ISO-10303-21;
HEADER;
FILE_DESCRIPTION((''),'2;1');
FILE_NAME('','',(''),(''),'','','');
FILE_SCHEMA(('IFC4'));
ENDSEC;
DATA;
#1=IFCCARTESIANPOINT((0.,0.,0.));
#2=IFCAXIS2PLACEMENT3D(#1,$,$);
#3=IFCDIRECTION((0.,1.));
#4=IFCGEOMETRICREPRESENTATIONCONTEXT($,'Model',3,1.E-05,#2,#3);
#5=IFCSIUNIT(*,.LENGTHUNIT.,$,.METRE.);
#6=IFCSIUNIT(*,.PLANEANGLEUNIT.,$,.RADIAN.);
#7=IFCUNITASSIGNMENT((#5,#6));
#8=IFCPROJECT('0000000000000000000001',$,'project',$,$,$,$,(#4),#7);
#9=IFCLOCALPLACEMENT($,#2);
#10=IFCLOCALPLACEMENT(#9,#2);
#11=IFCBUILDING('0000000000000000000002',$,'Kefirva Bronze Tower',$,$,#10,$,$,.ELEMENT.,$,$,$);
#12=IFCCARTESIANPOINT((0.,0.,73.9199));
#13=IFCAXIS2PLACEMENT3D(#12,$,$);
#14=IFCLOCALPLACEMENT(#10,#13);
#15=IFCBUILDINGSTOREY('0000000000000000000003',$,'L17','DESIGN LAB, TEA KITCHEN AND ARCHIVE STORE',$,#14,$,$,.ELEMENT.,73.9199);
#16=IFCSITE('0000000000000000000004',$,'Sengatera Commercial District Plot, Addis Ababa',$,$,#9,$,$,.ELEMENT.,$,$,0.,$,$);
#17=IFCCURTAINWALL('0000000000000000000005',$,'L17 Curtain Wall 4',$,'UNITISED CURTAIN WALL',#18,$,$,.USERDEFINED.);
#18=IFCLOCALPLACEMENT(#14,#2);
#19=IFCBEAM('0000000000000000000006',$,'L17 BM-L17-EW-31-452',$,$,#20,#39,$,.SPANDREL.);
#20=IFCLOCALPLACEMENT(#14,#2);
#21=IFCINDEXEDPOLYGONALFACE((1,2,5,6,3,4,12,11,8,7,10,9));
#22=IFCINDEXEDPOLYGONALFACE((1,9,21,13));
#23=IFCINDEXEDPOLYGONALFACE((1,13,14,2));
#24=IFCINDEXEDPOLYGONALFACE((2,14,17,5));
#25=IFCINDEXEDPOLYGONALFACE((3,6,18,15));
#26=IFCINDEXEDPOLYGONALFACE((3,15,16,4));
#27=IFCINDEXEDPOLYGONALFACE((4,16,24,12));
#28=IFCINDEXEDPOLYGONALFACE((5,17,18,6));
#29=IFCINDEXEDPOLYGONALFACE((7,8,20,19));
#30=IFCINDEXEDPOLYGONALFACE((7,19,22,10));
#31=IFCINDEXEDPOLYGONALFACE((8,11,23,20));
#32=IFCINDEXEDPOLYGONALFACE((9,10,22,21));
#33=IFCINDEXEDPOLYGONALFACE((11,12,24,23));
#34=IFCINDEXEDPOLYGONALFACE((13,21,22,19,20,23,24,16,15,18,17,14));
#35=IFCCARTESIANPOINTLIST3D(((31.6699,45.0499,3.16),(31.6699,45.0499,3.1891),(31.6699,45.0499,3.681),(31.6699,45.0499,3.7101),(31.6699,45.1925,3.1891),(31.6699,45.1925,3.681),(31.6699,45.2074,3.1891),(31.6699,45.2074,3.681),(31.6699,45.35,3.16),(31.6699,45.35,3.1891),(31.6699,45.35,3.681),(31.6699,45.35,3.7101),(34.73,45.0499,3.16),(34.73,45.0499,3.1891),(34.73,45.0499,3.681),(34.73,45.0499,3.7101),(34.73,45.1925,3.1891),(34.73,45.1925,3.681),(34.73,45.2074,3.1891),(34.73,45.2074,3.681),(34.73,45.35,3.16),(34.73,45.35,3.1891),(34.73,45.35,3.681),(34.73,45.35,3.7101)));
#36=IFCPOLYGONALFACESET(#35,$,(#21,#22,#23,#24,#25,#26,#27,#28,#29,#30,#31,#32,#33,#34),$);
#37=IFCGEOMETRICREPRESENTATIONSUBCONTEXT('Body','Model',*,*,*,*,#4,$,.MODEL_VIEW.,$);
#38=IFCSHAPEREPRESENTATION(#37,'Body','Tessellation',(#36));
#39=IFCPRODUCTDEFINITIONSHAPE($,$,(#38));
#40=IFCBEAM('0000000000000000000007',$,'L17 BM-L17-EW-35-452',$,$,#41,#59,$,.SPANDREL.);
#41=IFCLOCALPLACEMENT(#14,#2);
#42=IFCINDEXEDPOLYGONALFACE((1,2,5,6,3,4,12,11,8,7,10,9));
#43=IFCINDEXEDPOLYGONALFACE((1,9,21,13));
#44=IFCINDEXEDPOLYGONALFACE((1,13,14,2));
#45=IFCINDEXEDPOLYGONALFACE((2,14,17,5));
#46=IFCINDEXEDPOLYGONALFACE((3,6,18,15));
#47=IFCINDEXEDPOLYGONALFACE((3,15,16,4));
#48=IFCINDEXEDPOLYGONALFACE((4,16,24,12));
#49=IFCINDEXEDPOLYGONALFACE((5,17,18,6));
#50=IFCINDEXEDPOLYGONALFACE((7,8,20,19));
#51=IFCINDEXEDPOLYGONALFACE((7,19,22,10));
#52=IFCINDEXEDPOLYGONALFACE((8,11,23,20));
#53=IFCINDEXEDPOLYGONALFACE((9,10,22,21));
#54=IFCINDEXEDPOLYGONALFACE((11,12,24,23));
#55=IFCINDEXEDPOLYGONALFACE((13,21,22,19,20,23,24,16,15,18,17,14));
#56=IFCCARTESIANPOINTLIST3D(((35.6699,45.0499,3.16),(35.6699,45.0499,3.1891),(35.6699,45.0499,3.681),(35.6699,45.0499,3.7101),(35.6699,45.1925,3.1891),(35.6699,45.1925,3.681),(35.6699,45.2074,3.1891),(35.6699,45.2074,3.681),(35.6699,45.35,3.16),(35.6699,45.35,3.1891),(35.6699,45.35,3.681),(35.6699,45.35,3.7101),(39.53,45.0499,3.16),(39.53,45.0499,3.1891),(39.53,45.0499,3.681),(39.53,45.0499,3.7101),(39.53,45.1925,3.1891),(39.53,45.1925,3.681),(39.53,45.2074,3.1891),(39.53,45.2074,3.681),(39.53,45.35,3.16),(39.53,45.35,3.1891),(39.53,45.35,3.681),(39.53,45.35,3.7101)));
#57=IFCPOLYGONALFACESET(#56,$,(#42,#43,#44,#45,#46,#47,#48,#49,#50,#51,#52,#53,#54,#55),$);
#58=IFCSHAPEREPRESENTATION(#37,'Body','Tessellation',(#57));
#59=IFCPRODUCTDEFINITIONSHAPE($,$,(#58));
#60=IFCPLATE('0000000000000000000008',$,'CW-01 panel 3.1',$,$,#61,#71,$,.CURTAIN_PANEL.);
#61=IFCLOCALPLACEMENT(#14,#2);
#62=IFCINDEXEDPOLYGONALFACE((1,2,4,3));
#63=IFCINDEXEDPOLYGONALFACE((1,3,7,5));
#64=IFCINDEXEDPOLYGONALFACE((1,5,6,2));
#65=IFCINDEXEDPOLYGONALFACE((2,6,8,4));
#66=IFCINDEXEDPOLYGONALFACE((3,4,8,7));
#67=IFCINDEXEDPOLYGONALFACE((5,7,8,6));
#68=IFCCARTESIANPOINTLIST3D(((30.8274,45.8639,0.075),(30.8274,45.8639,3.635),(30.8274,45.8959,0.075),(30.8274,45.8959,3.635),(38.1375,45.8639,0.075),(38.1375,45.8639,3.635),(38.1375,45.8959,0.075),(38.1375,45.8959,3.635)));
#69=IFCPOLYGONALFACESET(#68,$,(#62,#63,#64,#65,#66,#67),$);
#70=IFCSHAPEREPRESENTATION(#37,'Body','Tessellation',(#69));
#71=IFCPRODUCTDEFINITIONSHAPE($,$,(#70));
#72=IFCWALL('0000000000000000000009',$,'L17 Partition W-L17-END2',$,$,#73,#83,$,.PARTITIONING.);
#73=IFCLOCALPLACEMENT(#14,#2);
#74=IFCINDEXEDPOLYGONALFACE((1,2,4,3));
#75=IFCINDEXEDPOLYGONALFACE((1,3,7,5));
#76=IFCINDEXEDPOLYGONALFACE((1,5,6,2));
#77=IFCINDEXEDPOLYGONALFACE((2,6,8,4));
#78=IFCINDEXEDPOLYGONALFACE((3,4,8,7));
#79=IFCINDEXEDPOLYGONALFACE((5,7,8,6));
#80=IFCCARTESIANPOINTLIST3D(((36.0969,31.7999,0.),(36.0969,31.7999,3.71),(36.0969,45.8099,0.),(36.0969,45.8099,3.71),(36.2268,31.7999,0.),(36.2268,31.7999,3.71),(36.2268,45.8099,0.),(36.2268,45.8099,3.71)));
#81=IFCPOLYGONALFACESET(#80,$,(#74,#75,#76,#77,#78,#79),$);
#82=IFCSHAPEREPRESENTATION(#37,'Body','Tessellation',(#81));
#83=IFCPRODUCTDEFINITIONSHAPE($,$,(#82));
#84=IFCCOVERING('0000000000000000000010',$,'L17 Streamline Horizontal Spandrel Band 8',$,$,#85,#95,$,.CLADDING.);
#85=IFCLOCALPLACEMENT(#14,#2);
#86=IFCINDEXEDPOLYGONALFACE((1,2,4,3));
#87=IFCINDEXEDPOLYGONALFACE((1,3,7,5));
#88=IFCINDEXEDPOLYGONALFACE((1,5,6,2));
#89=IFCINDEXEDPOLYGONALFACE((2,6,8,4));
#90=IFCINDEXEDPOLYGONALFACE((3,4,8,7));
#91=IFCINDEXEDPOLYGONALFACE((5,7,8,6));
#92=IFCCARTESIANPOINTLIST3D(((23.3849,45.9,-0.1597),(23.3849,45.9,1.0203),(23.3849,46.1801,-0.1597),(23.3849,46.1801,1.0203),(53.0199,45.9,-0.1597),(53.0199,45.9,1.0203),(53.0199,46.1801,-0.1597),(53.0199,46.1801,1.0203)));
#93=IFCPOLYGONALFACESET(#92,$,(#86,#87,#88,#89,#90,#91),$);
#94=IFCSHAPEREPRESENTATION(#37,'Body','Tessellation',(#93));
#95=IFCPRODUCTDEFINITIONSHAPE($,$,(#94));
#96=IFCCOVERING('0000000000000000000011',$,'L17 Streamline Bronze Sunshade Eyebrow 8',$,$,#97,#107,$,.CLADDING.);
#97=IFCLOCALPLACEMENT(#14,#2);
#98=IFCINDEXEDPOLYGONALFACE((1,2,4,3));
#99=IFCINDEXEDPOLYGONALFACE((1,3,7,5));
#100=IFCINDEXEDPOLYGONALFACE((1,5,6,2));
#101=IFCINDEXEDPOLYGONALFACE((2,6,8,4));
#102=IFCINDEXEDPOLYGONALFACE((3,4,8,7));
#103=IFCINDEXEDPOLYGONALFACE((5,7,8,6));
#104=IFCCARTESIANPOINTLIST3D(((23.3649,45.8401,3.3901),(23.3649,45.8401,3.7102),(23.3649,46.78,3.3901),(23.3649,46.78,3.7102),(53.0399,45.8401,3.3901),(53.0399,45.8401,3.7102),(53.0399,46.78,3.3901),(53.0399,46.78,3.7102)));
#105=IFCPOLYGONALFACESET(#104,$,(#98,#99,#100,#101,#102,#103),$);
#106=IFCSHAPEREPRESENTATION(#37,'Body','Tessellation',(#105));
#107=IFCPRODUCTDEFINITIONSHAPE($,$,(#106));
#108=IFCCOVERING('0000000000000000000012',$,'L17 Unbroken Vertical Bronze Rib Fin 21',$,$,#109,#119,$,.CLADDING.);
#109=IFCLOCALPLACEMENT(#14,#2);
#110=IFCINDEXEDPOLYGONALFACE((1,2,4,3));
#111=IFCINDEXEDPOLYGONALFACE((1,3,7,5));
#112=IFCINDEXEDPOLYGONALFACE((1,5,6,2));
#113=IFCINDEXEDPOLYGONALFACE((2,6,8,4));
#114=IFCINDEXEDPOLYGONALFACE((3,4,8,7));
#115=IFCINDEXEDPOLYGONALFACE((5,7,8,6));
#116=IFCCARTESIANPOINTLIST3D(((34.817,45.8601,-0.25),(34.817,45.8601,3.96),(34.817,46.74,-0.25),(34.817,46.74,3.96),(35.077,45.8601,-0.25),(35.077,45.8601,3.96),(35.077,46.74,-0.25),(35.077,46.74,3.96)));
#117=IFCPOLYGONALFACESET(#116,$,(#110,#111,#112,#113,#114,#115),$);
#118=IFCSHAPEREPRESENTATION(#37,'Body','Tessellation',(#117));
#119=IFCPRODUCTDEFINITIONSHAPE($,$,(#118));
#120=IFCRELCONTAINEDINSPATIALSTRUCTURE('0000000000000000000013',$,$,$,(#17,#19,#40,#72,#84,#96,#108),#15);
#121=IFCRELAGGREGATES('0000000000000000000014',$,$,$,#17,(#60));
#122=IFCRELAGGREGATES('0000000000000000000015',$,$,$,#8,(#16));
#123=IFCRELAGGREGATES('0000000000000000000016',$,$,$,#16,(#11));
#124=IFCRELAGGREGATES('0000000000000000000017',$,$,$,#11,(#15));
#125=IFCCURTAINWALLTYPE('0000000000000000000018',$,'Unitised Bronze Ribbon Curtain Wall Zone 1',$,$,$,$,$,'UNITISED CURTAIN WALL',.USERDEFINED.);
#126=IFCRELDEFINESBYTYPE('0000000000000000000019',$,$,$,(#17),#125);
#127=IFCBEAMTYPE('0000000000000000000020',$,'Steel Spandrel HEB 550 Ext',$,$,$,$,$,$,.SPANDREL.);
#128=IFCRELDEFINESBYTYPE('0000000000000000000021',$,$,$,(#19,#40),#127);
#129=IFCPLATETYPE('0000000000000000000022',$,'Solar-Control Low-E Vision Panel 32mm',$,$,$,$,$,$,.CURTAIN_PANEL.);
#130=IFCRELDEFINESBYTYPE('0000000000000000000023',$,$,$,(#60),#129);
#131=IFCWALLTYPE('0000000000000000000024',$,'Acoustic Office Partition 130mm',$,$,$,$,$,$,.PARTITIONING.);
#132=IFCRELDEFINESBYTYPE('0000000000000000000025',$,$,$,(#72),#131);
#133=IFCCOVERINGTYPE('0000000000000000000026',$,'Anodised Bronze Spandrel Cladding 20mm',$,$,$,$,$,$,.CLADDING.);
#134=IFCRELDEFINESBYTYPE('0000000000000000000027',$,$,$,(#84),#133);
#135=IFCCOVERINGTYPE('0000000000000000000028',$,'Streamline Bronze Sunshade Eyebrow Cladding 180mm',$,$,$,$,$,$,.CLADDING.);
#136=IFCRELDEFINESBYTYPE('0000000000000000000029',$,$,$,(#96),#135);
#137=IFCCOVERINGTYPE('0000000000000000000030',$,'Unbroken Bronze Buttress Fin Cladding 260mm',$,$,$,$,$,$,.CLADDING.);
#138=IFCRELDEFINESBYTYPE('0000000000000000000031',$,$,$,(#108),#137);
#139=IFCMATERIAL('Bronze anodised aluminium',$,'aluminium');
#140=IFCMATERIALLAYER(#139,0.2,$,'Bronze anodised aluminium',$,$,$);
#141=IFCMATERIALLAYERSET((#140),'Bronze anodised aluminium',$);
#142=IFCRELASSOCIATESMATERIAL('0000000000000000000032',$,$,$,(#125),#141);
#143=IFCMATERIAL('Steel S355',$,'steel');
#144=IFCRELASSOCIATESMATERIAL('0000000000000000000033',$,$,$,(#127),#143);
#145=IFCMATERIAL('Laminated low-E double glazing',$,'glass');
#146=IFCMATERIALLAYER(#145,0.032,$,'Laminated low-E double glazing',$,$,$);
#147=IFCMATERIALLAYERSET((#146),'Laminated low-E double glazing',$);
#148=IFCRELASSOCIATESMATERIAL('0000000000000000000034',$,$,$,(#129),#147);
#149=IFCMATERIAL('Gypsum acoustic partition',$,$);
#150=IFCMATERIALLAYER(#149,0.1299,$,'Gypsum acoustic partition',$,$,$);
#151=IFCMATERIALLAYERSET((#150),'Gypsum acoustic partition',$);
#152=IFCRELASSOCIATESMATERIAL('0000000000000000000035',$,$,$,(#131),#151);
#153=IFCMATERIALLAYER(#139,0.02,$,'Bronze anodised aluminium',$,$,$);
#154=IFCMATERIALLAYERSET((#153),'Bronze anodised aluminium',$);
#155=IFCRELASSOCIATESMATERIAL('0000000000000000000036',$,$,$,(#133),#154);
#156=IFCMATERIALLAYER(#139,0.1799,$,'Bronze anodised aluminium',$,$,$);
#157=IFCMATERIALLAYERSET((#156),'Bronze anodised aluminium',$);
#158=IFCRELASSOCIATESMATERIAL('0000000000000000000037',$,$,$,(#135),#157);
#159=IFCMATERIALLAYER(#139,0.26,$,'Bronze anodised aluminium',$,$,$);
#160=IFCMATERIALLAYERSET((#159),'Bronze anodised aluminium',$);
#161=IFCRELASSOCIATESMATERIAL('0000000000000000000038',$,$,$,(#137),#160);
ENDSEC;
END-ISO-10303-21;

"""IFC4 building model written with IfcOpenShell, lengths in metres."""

from ifc_helpers import new_model, si_unit, direction, frame, frame_2d, origin, origin_2d, place, context, subcontext, project, spatial, rectangle, i_section, extrude, material, layer, layer_set, material_profile, profile_set, type_object, element, aggregate, save


model = new_model("IFC4")

# Units and contexts
model_context = context("Model", 3, precision=1e-05, world=origin(), true_north=direction((0.0, 1.0)))
body_context = subcontext(model_context, "Body", "Model", "MODEL_VIEW")
ifc_project = project(units=[si_unit("LENGTHUNIT", "METRE"), si_unit("PLANEANGLEUNIT", "RADIAN")], contexts=[model_context])

# Site, building, storey
site_placement = place(None, origin())
site = spatial("IfcSite", under=ifc_project, at=site_placement, Name="Sengatera Commercial District Plot, Addis Ababa", CompositionType="ELEMENT", RefElevation=0.0)
building_placement = place(site_placement, origin())
building = spatial("IfcBuilding", under=site, at=building_placement, Name="Kefirva Bronze Tower", CompositionType="ELEMENT")
storey_placement = place(building_placement, frame((0.0, 0.0, 73.9199)))
storey = spatial("IfcBuildingStorey", under=building, at=storey_placement, Name="L17", Description="DESIGN LAB, TEA KITCHEN AND ARCHIVE STORE", CompositionType="ELEMENT", Elevation=73.9199)

# Curtain wall
ifc_material_1 = material(Name="Bronze anodised aluminium", Category="aluminium")
ifc_layer_1 = layer(ifc_material_1, 0.2, Name="Bronze anodised aluminium")
ifc_layer_set_1 = layer_set([ifc_layer_1], Name="Bronze anodised aluminium")
curtain_wall_type = type_object("IfcCurtainWallType", Name="Unitised Bronze Ribbon Curtain Wall Zone 1", ElementType="UNITISED CURTAIN WALL", PredefinedType="USERDEFINED", material=ifc_layer_set_1)
curtain_wall_placement = place(storey_placement, origin())
curtain_wall = element("IfcCurtainWall", 1, at=curtain_wall_placement, inside=storey, type_object=curtain_wall_type, Name="L17 Curtain Wall 4", ObjectType="UNITISED CURTAIN WALL", PredefinedType="USERDEFINED")

# Beams
ifc_material_2 = material(Name="Steel S355", Category="steel")
ifc_material_profile_1 = material_profile(ifc_material_2, i_section(OverallWidth=0.3, OverallDepth=0.55, WebThickness=0.0149, FlangeThickness=0.0291, at=origin_2d()), Name="HEB 550")
ifc_profile_set_1 = profile_set([ifc_material_profile_1], Name="Steel S355")
beam_type_1 = type_object("IfcBeamType", Name="Steel Spandrel HEB 550 Ext", PredefinedType="SPANDREL", material=ifc_profile_set_1)
beam_1_placement = place(storey_placement, frame((31.6699, 45.2, 3.4351), z_axis=(1.0, 0.0, 0.0), x_axis=(0.0, 1.0, 0.0)))
element("IfcBeam", 2, at=beam_1_placement, inside=storey, type_object=beam_type_1, Name="L17 BM-L17-EW-31-452", PredefinedType="SPANDREL", context=body_context, shape_type="SweptSolid", body=[
    extrude(i_section(OverallWidth=0.3, OverallDepth=0.55, WebThickness=0.0149, FlangeThickness=0.0291, at=origin_2d()), origin(), (0.0, 0.0, 1.0), 3.0601),
])
beam_2_placement = place(storey_placement, frame((35.6699, 45.2, 3.4351), z_axis=(1.0, 0.0, 0.0), x_axis=(0.0, 1.0, 0.0)))
element("IfcBeam", 3, at=beam_2_placement, inside=storey, type_object=beam_type_1, Name="L17 BM-L17-EW-35-452", PredefinedType="SPANDREL", context=body_context, shape_type="SweptSolid", body=[
    extrude(i_section(OverallWidth=0.3, OverallDepth=0.55, WebThickness=0.0149, FlangeThickness=0.0291, at=origin_2d()), origin(), (0.0, 0.0, 1.0), 3.8601),
])

# Plate
ifc_material_3 = material(Name="Laminated low-E double glazing", Category="glass")
ifc_layer_2 = layer(ifc_material_3, 0.032, Name="Laminated low-E double glazing")
ifc_layer_set_2 = layer_set([ifc_layer_2], Name="Laminated low-E double glazing")
plate_type = type_object("IfcPlateType", Name="Solar-Control Low-E Vision Panel 32mm", PredefinedType="CURTAIN_PANEL", material=ifc_layer_set_2)
plate_placement = place(storey_placement, frame((34.4824, 45.8799, 0.075), z_axis=(0.0, 0.0, 1.0), x_axis=(-1.0, 0.0, 0.0)))
plate = element("IfcPlate", 4, at=plate_placement, type_object=plate_type, Name="CW-01 panel 3.1", PredefinedType="CURTAIN_PANEL", context=body_context, shape_type="SweptSolid", body=[
    extrude(rectangle(XDim=7.3101, YDim=0.032, at=origin_2d()), origin(), (0.0, 0.0, 1.0), 3.5601),
])
aggregate(curtain_wall, [plate])

# Wall
ifc_material_4 = material(Name="Gypsum acoustic partition")
ifc_layer_3 = layer(ifc_material_4, 0.1299, Name="Gypsum acoustic partition")
ifc_layer_set_3 = layer_set([ifc_layer_3], Name="Gypsum acoustic partition")
wall_type = type_object("IfcWallType", Name="Acoustic Office Partition 130mm", PredefinedType="PARTITIONING", material=ifc_layer_set_3)
wall_placement = place(storey_placement, frame((36.1619, 31.8, 0.0), z_axis=(0.0, 0.0, 1.0), x_axis=(0.0, 1.0, 0.0)))
element("IfcWall", 5, at=wall_placement, inside=storey, type_object=wall_type, Name="L17 Partition W-L17-END2", PredefinedType="PARTITIONING", context=body_context, shape_type="SweptSolid", body=[
    extrude(rectangle(XDim=14.01, YDim=0.1299, at=frame_2d((7.0049, 0.0))), origin(), (0.0, 0.0, 1.0), 3.71),
])

# Coverings
ifc_layer_4 = layer(ifc_material_1, 0.02, Name="Bronze anodised aluminium")
ifc_layer_set_4 = layer_set([ifc_layer_4], Name="Bronze anodised aluminium")
covering_type_1 = type_object("IfcCoveringType", Name="Anodised Bronze Spandrel Cladding 20mm", PredefinedType="CLADDING", material=ifc_layer_set_4)
covering_1_placement = place(storey_placement, frame((38.2024, 46.04, -0.1597), z_axis=(0.0, 0.0, 1.0), x_axis=(-1.0, 0.0, 0.0)))
element("IfcCovering", 6, at=covering_1_placement, inside=storey, type_object=covering_type_1, Name="L17 Streamline Horizontal Spandrel Band 8", PredefinedType="CLADDING", context=body_context, shape_type="SweptSolid", body=[
    extrude(rectangle(XDim=29.635, YDim=0.28, at=origin_2d()), origin(), (0.0, 0.0, 1.0), 1.1799),
])
ifc_layer_5 = layer(ifc_material_1, 0.1799, Name="Bronze anodised aluminium")
ifc_layer_set_5 = layer_set([ifc_layer_5], Name="Bronze anodised aluminium")
covering_type_2 = type_object("IfcCoveringType", Name="Streamline Bronze Sunshade Eyebrow Cladding 180mm", PredefinedType="CLADDING", material=ifc_layer_set_5)
covering_2_placement = place(storey_placement, frame((38.2024, 46.3101, 3.3901), z_axis=(0.0, 0.0, 1.0), x_axis=(-1.0, 0.0, 0.0)))
element("IfcCovering", 7, at=covering_2_placement, inside=storey, type_object=covering_type_2, Name="L17 Streamline Bronze Sunshade Eyebrow 8", PredefinedType="CLADDING", context=body_context, shape_type="SweptSolid", body=[
    extrude(rectangle(XDim=29.675, YDim=0.9399, at=origin_2d()), origin(), (0.0, 0.0, 1.0), 0.3201),
])
ifc_layer_6 = layer(ifc_material_1, 0.26, Name="Bronze anodised aluminium")
ifc_layer_set_6 = layer_set([ifc_layer_6], Name="Bronze anodised aluminium")
covering_type_3 = type_object("IfcCoveringType", Name="Unbroken Bronze Buttress Fin Cladding 260mm", PredefinedType="CLADDING", material=ifc_layer_set_6)
covering_3_placement = place(storey_placement, frame((34.947, 46.3, -0.25), z_axis=(0.0, 0.0, 1.0), x_axis=(-1.0, 0.0, 0.0)))
element("IfcCovering", 8, at=covering_3_placement, inside=storey, type_object=covering_type_3, Name="L17 Unbroken Vertical Bronze Rib Fin 21", PredefinedType="CLADDING", context=body_context, shape_type="SweptSolid", body=[
    extrude(rectangle(XDim=0.26, YDim=0.8799, at=origin_2d()), origin(), (0.0, 0.0, 1.0), 4.21),
])

save(model, "model.ifc")
